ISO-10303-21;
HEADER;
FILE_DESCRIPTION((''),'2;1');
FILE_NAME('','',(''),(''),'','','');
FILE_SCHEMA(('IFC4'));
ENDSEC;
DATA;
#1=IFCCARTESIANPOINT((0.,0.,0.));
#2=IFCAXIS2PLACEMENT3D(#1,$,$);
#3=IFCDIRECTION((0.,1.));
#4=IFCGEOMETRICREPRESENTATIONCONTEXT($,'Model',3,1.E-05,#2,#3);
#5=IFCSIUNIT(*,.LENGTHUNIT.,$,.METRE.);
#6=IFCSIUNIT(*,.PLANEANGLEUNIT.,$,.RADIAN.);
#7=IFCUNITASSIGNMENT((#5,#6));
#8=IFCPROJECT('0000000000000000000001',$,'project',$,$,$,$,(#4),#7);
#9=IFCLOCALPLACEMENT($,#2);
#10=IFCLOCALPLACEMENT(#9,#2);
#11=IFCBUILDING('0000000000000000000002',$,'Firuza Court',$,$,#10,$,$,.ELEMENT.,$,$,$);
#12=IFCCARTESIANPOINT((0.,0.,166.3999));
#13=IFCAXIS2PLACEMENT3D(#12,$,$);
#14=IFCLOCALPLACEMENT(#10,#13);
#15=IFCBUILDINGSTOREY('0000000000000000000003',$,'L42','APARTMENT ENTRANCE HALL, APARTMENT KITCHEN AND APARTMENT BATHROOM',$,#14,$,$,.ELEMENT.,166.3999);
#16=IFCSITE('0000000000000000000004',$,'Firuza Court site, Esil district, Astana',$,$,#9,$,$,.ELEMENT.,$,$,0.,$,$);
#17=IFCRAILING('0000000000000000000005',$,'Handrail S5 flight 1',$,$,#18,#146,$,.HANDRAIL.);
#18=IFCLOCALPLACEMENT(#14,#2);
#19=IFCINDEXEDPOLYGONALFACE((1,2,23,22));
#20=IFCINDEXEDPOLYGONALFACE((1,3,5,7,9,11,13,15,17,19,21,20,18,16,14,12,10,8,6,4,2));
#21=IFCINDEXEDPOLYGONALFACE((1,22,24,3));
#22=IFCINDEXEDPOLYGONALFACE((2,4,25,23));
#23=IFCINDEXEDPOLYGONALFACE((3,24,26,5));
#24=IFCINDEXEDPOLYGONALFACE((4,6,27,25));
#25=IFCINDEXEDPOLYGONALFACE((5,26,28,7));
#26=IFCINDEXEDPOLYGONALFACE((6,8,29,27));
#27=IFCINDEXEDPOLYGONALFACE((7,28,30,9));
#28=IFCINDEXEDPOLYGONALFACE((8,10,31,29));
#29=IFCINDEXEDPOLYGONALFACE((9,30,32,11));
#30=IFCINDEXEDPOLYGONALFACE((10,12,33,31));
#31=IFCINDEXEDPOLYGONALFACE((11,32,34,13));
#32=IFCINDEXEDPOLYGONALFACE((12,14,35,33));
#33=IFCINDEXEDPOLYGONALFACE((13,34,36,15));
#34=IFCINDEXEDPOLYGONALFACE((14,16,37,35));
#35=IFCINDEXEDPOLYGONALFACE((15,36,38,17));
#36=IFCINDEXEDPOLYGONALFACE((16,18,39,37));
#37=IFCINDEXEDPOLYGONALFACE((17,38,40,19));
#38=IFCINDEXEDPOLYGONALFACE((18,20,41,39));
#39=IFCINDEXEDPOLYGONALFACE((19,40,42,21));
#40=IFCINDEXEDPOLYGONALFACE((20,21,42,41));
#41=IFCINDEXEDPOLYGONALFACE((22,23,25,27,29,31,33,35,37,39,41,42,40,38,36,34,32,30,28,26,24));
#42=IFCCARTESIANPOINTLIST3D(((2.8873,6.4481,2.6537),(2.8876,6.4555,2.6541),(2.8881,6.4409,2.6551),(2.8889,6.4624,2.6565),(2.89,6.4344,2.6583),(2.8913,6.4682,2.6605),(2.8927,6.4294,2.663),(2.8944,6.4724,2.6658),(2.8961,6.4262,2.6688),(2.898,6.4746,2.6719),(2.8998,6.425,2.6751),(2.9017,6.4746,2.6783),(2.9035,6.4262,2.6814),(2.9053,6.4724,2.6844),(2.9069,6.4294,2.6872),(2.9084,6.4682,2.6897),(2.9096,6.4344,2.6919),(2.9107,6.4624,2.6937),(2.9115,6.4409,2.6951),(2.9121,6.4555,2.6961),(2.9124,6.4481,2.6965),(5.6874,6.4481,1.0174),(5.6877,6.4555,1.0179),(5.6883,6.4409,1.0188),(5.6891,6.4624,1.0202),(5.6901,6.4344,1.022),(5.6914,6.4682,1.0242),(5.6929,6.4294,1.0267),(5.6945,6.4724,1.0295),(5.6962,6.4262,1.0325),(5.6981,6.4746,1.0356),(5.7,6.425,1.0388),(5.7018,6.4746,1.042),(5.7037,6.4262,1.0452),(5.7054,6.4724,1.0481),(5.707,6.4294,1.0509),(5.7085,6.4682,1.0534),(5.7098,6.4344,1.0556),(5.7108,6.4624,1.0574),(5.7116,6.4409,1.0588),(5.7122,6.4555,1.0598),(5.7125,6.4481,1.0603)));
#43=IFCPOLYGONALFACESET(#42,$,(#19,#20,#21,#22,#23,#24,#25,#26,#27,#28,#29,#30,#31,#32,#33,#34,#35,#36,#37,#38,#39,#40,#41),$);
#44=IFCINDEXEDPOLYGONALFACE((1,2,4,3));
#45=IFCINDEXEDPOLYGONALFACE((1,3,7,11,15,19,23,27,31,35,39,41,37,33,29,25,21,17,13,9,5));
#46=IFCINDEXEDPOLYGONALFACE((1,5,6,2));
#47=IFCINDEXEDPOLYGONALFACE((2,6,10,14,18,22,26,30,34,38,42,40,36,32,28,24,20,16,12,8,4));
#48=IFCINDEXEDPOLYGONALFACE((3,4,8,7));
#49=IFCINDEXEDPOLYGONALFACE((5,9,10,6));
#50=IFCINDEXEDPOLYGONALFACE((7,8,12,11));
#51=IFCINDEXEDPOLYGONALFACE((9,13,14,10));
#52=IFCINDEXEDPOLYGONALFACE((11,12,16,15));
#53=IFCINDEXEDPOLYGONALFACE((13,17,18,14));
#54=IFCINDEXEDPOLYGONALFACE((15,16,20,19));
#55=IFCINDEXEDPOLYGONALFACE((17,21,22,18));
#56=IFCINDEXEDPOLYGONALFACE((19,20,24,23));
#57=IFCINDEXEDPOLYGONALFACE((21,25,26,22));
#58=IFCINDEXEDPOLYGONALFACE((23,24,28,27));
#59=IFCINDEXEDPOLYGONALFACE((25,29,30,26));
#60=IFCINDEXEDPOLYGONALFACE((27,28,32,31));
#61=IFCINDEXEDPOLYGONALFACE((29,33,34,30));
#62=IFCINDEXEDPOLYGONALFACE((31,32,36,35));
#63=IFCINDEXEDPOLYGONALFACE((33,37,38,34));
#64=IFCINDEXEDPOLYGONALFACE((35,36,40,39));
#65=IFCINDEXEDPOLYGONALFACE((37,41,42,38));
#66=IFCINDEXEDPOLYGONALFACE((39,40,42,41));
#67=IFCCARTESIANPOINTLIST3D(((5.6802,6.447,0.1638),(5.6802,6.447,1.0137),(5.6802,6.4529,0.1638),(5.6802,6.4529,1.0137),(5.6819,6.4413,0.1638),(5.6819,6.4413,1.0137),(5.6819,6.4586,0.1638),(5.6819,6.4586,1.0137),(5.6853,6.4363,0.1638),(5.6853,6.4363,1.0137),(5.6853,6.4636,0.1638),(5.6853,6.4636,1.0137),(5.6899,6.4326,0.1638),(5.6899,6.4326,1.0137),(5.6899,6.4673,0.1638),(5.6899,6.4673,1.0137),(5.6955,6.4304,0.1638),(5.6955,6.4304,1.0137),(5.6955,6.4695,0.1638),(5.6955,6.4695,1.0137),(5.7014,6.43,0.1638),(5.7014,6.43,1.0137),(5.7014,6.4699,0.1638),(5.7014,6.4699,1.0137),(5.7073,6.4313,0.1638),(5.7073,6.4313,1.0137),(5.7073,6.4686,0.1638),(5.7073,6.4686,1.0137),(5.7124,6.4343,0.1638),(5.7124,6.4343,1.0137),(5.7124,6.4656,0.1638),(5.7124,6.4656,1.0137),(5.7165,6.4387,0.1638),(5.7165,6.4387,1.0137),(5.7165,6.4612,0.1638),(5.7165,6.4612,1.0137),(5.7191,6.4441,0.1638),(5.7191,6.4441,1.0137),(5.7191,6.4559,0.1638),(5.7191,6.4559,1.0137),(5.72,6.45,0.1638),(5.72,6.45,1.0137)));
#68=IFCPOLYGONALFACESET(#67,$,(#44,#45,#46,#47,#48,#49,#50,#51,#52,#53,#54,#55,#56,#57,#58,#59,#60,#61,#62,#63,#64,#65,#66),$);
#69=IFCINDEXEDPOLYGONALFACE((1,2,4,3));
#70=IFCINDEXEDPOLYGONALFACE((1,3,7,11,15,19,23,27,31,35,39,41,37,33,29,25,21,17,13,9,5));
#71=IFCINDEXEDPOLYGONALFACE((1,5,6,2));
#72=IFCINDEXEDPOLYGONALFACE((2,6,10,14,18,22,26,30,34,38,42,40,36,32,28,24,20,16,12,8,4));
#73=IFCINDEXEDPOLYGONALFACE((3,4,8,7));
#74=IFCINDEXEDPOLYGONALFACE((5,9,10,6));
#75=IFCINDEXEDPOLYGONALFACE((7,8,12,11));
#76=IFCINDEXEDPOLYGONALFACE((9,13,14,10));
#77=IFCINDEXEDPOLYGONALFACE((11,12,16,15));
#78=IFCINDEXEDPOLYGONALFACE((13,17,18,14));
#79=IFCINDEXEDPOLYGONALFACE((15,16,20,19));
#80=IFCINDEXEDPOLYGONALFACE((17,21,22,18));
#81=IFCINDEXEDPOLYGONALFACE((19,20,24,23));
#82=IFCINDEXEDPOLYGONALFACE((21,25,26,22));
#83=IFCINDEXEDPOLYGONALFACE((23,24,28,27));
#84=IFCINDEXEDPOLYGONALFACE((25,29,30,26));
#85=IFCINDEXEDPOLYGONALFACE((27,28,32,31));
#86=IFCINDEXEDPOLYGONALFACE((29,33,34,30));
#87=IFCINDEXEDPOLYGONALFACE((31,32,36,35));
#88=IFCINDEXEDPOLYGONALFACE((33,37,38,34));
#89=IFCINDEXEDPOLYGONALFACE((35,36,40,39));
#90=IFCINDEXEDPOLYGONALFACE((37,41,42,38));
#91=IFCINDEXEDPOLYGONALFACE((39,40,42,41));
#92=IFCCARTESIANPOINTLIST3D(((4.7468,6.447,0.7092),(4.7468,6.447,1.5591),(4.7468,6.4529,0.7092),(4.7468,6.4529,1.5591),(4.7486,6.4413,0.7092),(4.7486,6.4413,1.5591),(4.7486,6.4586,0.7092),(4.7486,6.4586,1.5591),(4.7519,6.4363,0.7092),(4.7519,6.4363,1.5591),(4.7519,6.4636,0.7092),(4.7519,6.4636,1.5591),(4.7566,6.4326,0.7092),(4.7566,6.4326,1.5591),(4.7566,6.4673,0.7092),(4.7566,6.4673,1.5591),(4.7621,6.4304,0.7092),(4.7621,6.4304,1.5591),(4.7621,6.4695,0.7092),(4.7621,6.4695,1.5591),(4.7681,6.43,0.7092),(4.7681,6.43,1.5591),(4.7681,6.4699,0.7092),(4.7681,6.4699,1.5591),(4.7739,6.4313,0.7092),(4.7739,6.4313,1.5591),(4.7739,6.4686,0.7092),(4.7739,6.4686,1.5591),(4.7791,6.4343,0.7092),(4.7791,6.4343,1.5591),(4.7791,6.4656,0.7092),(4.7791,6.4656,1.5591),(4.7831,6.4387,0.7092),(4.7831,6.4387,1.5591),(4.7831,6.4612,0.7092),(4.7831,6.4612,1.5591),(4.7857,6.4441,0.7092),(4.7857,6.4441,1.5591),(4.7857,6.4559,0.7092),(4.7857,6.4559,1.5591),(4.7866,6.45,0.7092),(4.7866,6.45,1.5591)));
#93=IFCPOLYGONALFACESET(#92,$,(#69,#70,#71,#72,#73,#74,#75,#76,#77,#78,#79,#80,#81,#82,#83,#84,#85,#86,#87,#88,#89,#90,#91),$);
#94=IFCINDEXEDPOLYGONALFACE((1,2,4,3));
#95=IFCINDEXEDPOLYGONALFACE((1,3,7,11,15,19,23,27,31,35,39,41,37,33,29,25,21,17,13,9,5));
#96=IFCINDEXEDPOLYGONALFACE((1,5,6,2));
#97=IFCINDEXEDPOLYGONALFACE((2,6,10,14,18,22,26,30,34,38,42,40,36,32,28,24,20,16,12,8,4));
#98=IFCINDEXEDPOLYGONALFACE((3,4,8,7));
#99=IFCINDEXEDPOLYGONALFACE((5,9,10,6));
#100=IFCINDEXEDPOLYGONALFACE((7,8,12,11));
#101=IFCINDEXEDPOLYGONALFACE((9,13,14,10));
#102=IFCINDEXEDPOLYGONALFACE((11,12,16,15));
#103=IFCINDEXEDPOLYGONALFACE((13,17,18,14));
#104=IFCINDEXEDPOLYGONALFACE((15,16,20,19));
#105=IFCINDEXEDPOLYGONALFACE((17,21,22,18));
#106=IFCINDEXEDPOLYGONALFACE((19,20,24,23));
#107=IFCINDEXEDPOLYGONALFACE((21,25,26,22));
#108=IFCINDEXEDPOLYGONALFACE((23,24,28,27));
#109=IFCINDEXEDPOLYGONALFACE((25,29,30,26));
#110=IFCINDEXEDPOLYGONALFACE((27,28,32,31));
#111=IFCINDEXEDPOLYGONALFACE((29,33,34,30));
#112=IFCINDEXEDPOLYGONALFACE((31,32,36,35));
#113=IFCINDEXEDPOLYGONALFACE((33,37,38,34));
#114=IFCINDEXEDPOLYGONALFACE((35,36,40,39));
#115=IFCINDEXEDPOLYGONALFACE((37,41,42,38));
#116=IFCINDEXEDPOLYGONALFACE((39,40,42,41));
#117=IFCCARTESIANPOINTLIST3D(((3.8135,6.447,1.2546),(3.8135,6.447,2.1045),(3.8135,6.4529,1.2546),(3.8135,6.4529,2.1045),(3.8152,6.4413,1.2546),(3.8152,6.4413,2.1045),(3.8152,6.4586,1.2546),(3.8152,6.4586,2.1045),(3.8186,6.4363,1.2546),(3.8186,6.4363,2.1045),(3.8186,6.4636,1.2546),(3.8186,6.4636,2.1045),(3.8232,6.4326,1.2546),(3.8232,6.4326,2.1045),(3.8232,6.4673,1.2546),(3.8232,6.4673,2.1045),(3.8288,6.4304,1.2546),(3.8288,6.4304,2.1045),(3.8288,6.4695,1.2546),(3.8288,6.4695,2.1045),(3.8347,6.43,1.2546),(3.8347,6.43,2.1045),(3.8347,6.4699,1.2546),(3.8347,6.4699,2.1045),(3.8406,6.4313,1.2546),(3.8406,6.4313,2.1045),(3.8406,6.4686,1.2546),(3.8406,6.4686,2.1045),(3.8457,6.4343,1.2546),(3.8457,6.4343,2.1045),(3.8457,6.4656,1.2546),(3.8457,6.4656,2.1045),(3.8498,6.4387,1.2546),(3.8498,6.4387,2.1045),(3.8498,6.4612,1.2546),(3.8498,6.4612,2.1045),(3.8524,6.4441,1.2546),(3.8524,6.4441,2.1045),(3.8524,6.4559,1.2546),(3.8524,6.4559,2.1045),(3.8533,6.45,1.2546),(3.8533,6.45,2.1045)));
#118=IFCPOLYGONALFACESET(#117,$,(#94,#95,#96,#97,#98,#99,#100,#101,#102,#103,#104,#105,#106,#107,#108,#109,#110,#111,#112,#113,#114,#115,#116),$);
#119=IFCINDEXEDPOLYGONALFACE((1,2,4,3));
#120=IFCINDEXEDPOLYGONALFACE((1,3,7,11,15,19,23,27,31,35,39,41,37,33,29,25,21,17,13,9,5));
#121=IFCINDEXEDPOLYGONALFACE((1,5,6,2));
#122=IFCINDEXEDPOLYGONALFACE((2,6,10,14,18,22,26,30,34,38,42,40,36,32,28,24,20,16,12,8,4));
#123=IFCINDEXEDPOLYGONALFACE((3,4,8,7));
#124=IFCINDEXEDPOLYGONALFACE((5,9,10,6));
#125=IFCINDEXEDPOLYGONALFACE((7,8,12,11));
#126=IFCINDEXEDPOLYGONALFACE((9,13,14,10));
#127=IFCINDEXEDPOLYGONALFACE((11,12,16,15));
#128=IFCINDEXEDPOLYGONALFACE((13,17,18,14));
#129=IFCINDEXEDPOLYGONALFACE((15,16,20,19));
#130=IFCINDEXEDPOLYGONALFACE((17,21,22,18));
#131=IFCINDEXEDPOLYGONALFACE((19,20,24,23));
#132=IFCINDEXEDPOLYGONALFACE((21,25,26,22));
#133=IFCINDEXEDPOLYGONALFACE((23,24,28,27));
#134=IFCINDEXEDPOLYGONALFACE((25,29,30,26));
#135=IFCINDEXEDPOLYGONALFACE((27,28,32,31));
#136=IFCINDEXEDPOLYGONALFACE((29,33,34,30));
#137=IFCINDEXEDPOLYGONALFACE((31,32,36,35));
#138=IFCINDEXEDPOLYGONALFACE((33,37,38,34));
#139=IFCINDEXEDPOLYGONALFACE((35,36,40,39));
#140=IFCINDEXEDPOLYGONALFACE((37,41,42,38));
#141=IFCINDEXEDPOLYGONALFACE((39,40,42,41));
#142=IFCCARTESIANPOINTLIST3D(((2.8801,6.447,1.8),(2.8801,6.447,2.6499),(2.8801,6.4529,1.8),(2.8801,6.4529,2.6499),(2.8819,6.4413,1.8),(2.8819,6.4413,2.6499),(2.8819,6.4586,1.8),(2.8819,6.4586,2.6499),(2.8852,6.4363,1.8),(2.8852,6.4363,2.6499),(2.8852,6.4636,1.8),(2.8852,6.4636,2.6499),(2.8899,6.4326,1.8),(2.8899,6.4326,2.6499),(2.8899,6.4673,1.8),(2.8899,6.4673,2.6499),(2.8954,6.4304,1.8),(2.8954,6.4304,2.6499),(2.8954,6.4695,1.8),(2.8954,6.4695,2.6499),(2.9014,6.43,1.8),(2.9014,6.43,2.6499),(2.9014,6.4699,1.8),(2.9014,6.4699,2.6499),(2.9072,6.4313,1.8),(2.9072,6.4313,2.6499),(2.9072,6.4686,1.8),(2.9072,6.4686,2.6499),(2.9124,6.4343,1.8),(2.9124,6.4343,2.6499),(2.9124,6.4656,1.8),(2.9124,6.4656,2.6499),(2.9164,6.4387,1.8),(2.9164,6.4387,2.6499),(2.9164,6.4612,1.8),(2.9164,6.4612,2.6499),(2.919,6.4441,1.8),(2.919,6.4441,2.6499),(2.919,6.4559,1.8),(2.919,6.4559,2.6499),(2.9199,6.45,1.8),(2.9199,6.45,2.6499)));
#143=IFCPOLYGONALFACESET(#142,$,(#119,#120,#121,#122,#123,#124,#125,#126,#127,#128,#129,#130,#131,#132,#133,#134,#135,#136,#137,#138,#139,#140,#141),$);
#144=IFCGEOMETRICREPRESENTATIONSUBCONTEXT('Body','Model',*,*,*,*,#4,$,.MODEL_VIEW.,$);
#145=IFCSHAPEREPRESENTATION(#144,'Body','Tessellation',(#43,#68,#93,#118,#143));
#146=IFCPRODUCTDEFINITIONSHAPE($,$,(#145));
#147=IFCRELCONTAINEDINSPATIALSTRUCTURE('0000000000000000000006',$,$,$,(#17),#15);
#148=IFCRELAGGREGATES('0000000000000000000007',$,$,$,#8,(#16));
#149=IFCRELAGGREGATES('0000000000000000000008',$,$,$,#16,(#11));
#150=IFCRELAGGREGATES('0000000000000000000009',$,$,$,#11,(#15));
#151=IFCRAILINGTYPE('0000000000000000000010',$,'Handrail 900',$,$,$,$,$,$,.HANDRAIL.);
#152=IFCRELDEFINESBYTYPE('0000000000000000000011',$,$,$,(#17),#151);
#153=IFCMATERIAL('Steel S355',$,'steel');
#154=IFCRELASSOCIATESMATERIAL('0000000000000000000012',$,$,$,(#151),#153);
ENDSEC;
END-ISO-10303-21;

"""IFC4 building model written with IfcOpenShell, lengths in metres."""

from ifc_helpers import new_model, si_unit, direction, frame, origin, origin_2d, place, context, subcontext, project, spatial, circle, extrude, material, type_object, element, save


model = new_model("IFC4")

# Units and contexts
model_context = context("Model", 3, precision=1e-05, world=origin(), true_north=direction((0.0, 1.0)))
body_context = subcontext(model_context, "Body", "Model", "MODEL_VIEW")
ifc_project = project(units=[si_unit("LENGTHUNIT", "METRE"), si_unit("PLANEANGLEUNIT", "RADIAN")], contexts=[model_context])

# Site, building, storey
site_placement = place(None, origin())
site = spatial("IfcSite", under=ifc_project, at=site_placement, Name="Firuza Court site, Esil district, Astana", CompositionType="ELEMENT", RefElevation=0.0)
building_placement = place(site_placement, origin())
building = spatial("IfcBuilding", under=site, at=building_placement, Name="Firuza Court", CompositionType="ELEMENT")
storey_placement = place(building_placement, frame((0.0, 0.0, 166.3999)))
storey = spatial("IfcBuildingStorey", under=building, at=storey_placement, Name="L42", Description="APARTMENT ENTRANCE HALL, APARTMENT KITCHEN AND APARTMENT BATHROOM", CompositionType="ELEMENT", Elevation=166.3999)

# Railing
ifc_material_1 = material(Name="Steel S355", Category="steel")
railing_type_1 = type_object("IfcRailingType", Name="Handrail 900", PredefinedType="HANDRAIL", material=ifc_material_1)
railing_1_placement = place(storey_placement, frame((5.7, 6.45, 0.1638)))
element("IfcRailing", 1, at=railing_1_placement, inside=storey, type_object=railing_type_1, Name="Handrail S5 flight 1", PredefinedType="HANDRAIL", context=body_context, shape_type="SweptSolid", body=[
    extrude(circle(Radius=0.0249, at=origin_2d()), frame((0.0, 0.0, 0.875), z_axis=(-0.863394, 0.0, 0.504531), x_axis=(0.0, -1.0, 0.0)), (0.0, 0.0, 1.0), 3.2432),
    extrude(circle(Radius=0.02, at=origin_2d()), origin(), (0.0, 0.0, 1.0), 0.8499),
    extrude(circle(Radius=0.02, at=origin_2d()), frame((-0.9333, 0.0, 0.5454)), (0.0, 0.0, 1.0), 0.8499),
    extrude(circle(Radius=0.02, at=origin_2d()), frame((-1.8667, 0.0, 1.0908)), (0.0, 0.0, 1.0), 0.8499),
    extrude(circle(Radius=0.02, at=origin_2d()), frame((-2.8, 0.0, 1.6362)), (0.0, 0.0, 1.0), 0.8499),
])

save(model, "model.ifc")
